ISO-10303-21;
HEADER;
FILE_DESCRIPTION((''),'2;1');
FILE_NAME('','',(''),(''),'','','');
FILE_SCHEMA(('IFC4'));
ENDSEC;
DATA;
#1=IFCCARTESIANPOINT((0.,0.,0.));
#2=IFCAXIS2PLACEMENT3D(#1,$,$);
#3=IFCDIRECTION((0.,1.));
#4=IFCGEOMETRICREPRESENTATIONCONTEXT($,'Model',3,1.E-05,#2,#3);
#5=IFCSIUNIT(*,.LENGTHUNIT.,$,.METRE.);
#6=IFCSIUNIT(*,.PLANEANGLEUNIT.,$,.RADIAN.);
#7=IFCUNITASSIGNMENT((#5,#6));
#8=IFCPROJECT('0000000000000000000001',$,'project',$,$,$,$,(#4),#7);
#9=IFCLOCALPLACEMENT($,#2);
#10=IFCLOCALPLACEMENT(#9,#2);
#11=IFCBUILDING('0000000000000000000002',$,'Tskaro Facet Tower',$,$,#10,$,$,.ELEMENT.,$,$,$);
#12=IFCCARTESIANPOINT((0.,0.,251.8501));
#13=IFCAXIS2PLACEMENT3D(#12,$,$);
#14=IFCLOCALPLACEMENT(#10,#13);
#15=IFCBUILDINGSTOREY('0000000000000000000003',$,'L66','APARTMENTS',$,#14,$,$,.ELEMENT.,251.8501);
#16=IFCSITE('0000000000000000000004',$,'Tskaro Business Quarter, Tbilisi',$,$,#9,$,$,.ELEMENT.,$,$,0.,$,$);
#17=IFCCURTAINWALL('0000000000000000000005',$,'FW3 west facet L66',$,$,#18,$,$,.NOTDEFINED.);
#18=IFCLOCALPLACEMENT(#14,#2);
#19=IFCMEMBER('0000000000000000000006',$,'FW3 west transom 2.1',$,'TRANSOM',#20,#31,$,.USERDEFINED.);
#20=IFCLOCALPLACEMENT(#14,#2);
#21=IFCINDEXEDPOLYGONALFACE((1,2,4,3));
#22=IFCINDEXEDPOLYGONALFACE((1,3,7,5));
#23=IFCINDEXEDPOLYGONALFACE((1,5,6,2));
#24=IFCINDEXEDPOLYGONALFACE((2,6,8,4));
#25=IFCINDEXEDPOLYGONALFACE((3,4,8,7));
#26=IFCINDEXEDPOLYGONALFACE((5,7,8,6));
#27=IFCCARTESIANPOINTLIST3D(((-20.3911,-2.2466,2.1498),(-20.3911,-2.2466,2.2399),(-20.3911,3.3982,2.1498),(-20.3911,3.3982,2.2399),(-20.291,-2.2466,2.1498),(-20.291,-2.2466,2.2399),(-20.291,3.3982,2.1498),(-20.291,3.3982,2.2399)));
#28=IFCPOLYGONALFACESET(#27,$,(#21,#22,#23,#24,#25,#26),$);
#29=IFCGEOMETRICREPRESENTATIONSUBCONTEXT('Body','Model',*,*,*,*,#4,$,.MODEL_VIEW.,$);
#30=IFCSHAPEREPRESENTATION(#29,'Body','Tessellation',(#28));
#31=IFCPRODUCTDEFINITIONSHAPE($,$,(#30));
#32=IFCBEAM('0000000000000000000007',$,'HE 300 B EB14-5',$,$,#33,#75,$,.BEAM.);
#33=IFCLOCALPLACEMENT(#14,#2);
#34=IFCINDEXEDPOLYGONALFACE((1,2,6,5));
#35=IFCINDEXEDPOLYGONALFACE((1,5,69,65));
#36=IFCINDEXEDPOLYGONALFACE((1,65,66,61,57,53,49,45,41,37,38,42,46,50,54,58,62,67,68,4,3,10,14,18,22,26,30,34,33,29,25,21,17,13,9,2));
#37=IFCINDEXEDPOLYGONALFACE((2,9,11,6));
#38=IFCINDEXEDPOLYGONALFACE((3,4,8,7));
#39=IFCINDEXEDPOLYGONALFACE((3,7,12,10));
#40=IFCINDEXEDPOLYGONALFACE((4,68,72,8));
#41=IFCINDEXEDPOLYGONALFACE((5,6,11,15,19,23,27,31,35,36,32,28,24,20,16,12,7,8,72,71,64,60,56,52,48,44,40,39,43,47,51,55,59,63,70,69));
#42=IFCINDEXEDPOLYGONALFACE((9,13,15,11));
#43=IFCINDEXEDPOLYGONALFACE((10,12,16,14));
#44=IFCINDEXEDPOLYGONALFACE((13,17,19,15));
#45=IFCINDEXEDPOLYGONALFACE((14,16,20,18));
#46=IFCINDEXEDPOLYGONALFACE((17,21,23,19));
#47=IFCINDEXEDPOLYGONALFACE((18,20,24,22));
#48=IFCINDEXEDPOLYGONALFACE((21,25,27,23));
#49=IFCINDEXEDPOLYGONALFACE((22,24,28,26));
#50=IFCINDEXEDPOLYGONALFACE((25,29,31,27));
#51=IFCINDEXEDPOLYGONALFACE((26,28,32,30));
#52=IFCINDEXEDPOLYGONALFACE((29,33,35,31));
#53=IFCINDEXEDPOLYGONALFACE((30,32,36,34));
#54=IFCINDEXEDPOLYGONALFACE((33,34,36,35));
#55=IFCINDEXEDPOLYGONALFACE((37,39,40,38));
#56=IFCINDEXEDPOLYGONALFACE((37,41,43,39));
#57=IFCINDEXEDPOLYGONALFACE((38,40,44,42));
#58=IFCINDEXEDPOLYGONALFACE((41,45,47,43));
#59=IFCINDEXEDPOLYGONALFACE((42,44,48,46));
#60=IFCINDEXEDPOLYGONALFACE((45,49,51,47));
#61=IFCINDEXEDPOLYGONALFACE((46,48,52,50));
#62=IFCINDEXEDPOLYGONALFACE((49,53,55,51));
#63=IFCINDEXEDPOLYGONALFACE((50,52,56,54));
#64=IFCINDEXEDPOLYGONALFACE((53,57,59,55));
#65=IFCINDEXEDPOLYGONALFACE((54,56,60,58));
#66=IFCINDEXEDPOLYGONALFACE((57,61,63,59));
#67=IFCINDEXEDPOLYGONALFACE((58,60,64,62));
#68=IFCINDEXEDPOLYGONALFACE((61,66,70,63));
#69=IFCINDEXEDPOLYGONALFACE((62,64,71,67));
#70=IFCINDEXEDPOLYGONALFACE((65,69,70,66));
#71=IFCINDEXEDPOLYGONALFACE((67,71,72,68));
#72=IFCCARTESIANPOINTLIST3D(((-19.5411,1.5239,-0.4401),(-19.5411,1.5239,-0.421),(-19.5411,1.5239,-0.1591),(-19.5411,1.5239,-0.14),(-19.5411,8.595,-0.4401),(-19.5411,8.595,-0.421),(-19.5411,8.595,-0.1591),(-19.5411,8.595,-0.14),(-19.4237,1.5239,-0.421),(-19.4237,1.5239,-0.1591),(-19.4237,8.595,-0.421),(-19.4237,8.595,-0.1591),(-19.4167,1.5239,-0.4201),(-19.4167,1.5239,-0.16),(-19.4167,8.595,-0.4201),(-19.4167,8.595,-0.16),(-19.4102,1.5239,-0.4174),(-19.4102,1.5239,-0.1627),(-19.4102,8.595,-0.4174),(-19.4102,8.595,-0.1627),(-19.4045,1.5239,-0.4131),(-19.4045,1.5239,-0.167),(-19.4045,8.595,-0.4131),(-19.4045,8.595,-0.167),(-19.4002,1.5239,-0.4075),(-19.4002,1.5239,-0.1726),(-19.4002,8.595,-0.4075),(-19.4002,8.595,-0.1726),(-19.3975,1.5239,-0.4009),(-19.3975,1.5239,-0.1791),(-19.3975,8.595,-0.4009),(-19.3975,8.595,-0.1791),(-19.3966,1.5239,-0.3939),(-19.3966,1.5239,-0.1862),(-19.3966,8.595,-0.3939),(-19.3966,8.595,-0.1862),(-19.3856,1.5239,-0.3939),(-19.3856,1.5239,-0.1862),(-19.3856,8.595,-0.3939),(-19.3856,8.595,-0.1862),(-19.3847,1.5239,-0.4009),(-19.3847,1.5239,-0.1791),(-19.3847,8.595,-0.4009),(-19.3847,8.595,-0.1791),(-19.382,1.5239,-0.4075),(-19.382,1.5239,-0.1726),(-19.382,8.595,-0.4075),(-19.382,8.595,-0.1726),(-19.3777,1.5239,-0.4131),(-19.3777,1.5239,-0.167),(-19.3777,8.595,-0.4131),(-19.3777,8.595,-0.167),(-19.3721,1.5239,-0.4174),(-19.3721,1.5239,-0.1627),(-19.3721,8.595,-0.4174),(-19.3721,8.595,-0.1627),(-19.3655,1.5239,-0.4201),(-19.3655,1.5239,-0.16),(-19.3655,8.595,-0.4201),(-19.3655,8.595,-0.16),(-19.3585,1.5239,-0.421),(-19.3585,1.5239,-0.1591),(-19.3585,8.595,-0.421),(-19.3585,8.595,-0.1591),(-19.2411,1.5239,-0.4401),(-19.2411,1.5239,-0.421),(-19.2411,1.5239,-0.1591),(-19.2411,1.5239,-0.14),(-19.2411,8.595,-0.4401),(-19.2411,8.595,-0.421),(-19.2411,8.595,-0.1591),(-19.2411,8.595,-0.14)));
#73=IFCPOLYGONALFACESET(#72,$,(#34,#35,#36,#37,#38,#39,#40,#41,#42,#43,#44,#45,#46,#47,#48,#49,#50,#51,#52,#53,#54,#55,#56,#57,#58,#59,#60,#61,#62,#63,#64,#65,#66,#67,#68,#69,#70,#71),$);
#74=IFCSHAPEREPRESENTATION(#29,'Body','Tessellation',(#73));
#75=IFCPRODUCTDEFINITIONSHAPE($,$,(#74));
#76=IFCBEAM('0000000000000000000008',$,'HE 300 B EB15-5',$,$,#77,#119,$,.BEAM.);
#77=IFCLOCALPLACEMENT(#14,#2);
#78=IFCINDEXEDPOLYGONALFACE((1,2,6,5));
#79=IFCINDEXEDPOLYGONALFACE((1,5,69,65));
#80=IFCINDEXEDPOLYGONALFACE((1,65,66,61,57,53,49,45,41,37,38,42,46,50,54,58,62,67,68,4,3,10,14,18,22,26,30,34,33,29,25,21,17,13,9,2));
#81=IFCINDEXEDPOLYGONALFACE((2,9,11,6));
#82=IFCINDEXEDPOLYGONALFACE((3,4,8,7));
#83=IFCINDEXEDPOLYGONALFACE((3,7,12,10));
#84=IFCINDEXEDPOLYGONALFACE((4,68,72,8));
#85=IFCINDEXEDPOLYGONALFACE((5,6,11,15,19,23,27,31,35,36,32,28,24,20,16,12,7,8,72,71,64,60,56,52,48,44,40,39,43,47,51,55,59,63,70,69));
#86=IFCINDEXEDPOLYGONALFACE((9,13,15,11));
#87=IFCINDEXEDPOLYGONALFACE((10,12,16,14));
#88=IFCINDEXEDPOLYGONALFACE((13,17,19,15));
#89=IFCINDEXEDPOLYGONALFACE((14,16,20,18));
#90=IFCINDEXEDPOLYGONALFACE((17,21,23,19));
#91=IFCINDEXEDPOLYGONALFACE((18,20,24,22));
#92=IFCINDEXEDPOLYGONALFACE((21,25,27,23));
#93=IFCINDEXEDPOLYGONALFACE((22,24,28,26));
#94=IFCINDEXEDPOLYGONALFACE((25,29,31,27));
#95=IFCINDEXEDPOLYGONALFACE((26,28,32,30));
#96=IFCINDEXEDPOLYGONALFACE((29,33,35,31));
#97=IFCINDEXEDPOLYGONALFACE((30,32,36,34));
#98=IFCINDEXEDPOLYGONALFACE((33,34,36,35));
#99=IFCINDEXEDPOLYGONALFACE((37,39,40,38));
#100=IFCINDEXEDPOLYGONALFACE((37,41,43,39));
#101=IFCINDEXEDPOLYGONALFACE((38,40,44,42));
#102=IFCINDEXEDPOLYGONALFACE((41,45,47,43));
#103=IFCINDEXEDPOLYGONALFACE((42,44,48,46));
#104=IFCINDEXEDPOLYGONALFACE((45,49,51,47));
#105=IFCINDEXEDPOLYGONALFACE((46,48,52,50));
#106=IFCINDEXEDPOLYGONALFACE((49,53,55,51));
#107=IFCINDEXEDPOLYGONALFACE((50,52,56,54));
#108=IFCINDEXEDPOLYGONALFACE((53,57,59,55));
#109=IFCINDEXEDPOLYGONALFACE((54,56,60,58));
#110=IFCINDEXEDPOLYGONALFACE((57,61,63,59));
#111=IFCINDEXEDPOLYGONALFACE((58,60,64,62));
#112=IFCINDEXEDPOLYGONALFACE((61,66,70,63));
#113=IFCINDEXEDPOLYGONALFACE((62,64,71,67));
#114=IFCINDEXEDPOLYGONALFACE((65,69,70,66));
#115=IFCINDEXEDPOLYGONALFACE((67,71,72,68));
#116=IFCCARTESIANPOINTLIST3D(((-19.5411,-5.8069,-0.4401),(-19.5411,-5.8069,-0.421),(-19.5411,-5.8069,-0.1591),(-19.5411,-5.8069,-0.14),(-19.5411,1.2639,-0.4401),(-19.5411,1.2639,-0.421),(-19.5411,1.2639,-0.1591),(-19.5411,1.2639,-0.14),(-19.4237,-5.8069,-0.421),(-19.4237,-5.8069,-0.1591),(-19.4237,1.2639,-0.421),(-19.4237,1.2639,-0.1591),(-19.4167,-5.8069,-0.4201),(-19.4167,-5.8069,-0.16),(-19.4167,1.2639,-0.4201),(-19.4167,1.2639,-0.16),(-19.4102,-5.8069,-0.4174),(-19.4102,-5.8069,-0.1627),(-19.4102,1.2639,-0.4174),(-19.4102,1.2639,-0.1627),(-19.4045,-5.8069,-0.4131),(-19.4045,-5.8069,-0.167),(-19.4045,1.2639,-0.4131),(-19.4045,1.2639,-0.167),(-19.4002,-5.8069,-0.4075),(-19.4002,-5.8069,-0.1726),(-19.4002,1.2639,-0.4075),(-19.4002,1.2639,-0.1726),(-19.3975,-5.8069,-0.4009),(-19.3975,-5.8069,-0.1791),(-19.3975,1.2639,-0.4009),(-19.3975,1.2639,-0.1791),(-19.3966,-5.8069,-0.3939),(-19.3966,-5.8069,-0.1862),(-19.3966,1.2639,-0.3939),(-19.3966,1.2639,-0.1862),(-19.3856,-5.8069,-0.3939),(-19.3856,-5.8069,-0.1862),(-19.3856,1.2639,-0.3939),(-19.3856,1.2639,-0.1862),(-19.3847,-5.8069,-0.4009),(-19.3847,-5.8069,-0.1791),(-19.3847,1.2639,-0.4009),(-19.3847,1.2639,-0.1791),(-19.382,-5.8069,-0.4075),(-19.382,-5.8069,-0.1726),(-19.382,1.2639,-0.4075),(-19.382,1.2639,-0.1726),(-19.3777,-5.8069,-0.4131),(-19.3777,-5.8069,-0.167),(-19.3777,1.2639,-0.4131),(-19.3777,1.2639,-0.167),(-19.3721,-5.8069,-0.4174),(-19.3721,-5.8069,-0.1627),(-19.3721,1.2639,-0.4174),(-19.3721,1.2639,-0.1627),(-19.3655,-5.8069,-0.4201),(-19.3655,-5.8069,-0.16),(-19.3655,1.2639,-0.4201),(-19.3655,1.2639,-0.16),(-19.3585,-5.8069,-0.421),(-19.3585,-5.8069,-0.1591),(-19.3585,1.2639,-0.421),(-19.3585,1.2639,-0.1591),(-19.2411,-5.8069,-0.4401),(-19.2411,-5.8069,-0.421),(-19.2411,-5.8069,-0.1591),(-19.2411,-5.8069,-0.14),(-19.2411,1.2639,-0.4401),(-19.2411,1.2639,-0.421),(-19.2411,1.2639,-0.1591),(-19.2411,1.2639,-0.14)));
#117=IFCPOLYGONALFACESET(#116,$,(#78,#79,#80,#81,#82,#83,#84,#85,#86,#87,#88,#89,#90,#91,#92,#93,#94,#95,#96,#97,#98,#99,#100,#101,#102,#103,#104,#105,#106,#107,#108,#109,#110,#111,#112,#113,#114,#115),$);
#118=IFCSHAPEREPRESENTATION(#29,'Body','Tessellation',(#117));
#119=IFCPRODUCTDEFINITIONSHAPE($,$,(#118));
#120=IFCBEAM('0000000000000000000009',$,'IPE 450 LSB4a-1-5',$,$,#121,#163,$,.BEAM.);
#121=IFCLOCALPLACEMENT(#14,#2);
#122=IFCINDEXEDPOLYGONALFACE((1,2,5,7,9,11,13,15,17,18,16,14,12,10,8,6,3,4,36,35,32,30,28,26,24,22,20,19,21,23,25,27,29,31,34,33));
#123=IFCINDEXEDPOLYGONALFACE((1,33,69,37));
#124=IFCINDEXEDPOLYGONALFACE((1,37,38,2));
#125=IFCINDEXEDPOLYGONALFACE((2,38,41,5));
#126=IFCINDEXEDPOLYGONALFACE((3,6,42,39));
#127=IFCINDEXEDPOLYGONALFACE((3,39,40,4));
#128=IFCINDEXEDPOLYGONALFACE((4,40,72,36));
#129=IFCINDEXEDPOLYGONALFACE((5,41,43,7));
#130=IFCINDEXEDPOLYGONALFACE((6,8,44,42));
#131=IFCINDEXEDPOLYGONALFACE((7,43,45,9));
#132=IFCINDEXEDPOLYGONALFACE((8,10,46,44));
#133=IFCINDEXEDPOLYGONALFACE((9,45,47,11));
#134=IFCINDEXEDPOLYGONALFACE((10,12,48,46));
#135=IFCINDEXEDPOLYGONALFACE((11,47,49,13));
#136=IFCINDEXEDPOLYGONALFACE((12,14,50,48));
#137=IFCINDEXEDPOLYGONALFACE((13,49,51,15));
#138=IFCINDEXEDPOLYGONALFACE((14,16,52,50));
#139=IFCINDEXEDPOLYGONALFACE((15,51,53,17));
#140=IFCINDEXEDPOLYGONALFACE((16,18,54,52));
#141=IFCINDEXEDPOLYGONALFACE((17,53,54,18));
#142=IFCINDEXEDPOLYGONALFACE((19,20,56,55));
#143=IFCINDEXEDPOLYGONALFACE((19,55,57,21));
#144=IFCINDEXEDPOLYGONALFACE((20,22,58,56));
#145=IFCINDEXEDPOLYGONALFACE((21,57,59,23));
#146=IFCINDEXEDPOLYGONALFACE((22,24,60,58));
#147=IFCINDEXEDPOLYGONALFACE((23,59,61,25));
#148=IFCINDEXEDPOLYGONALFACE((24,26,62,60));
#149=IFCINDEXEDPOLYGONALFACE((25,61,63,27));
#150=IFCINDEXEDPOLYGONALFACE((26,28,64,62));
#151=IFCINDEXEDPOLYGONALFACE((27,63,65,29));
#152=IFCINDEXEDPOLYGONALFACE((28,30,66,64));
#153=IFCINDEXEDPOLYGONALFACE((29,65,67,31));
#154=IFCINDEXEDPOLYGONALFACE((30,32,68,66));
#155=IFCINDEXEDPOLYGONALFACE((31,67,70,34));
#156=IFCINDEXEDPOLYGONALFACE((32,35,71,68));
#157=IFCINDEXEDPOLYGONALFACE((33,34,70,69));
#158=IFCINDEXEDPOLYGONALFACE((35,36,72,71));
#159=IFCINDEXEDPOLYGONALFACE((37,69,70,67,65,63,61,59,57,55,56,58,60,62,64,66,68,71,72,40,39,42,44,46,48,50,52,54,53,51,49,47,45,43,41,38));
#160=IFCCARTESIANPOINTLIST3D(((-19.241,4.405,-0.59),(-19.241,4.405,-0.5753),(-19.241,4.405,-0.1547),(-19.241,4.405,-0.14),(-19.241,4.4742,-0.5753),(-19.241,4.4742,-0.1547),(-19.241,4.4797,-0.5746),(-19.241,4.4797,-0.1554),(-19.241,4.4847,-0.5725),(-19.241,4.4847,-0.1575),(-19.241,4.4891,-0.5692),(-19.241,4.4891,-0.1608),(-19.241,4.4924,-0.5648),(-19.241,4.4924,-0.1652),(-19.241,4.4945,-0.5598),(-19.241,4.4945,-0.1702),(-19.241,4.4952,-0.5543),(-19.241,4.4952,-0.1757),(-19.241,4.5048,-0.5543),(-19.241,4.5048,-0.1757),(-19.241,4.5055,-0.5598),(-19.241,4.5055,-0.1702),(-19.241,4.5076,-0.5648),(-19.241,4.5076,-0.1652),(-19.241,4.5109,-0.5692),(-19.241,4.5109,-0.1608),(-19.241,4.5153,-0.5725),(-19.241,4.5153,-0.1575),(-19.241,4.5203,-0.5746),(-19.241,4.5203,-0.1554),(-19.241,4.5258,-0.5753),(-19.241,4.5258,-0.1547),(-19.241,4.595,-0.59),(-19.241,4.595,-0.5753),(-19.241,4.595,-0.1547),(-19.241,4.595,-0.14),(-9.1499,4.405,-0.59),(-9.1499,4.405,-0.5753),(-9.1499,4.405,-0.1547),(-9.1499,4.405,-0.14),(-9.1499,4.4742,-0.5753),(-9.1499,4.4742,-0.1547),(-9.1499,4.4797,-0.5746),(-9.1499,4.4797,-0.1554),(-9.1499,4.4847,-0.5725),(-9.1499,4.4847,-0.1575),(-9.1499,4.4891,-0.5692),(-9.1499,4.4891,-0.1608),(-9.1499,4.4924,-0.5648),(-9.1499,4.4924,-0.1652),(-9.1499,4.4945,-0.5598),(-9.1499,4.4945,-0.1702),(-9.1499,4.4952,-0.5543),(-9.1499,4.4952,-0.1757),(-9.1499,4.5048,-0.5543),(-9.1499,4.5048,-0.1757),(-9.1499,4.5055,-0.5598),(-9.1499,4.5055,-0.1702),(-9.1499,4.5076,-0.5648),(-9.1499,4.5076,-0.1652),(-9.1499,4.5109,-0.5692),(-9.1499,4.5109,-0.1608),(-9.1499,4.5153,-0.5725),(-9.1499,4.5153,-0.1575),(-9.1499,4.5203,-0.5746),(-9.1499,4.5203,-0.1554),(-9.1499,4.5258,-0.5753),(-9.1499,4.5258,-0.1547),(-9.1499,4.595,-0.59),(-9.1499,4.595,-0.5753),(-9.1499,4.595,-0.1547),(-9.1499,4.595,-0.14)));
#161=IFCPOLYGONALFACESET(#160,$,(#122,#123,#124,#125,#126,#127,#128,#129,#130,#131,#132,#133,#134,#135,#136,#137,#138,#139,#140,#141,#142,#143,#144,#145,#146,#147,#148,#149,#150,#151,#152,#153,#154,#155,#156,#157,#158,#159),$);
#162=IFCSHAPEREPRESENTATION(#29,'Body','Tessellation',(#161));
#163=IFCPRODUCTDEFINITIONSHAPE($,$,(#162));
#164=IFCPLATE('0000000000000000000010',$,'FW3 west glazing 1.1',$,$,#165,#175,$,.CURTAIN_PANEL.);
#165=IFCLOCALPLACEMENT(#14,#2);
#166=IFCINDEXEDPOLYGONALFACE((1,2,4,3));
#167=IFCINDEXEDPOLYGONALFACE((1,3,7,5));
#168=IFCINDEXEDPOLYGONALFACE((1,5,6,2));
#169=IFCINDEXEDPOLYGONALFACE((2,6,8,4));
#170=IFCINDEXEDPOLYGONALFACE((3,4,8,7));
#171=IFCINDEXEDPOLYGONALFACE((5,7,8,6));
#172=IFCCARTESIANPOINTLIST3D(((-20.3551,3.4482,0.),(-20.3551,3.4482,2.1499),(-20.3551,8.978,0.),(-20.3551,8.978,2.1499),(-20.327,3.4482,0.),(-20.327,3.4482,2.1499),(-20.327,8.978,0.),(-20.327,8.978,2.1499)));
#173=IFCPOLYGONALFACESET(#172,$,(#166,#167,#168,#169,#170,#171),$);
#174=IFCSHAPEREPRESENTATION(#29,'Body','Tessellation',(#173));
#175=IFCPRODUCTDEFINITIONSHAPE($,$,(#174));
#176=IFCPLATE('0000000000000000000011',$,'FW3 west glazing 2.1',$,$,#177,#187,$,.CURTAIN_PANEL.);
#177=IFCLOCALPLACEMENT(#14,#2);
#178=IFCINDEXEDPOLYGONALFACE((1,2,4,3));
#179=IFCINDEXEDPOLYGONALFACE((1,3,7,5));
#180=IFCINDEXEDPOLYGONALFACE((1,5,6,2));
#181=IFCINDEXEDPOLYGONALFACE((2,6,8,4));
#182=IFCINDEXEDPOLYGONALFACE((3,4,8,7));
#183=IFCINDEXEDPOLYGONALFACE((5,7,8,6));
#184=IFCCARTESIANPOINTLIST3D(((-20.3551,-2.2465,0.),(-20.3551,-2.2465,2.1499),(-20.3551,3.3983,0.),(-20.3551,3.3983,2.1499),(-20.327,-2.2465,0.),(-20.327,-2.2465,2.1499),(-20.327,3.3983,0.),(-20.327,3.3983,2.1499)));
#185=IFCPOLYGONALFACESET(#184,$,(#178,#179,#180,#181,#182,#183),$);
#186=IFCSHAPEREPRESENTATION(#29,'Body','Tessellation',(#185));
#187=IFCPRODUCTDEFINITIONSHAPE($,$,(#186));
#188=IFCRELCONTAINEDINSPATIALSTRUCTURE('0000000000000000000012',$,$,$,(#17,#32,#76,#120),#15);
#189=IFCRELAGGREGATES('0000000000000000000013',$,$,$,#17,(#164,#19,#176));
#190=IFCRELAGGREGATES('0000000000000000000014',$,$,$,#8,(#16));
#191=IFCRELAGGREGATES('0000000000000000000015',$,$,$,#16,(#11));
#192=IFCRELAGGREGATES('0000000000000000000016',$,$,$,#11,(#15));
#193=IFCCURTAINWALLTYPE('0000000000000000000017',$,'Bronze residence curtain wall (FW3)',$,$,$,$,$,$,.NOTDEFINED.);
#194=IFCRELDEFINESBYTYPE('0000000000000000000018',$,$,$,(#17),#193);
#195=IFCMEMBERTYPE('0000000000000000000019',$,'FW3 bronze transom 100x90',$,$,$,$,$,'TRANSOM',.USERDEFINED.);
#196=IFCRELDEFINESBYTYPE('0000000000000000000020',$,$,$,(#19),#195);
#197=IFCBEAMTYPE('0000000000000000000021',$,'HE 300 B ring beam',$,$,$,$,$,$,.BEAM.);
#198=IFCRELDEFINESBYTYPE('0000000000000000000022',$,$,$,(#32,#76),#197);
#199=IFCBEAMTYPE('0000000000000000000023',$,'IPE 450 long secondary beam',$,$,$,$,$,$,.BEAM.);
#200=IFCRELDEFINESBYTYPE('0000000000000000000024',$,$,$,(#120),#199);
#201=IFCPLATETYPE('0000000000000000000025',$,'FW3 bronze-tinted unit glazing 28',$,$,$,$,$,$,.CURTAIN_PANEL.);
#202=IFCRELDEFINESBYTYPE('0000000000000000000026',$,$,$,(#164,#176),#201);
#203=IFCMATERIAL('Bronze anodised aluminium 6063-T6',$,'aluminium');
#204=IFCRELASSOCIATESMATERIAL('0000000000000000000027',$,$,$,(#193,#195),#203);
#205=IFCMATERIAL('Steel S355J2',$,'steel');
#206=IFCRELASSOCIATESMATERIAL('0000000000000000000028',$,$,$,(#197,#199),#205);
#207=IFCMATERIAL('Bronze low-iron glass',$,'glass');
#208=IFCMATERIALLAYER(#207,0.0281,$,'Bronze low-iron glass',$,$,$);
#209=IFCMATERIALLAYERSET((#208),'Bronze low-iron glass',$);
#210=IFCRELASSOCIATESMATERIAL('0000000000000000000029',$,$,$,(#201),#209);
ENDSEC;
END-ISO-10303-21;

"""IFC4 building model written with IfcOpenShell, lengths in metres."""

from ifc_helpers import new_model, si_unit, direction, frame, origin, origin_2d, place, context, subcontext, project, spatial, rectangle, i_section, extrude, material, layer, layer_set, material_profile, profile_set, type_object, element, aggregate, save


model = new_model("IFC4")

# Units and contexts
model_context = context("Model", 3, precision=1e-05, world=origin(), true_north=direction((0.0, 1.0)))
body_context = subcontext(model_context, "Body", "Model", "MODEL_VIEW")
ifc_project = project(units=[si_unit("LENGTHUNIT", "METRE"), si_unit("PLANEANGLEUNIT", "RADIAN")], contexts=[model_context])

# Site, building, storey
site_placement = place(None, origin())
site = spatial("IfcSite", under=ifc_project, at=site_placement, Name="Tskaro Business Quarter, Tbilisi", CompositionType="ELEMENT", RefElevation=0.0)
building_placement = place(site_placement, origin())
building = spatial("IfcBuilding", under=site, at=building_placement, Name="Tskaro Facet Tower", CompositionType="ELEMENT")
storey_placement = place(building_placement, frame((0.0, 0.0, 251.8501)))
storey = spatial("IfcBuildingStorey", under=building, at=storey_placement, Name="L66", Description="APARTMENTS", CompositionType="ELEMENT", Elevation=251.8501)

# Shared definitions
ifc_material_1 = material(Name="Steel S355J2", Category="steel")

# Curtain wall, member
ifc_material_2 = material(Name="Bronze anodised aluminium 6063-T6", Category="aluminium")
curtain_wall_type = type_object("IfcCurtainWallType", Name="Bronze residence curtain wall (FW3)", PredefinedType="NOTDEFINED", material=ifc_material_2)
curtain_wall_placement = place(storey_placement, origin())
curtain_wall = element("IfcCurtainWall", 1, at=curtain_wall_placement, inside=storey, type_object=curtain_wall_type, Name="FW3 west facet L66", PredefinedType="NOTDEFINED")
ifc_material_profile_1 = material_profile(ifc_material_2, rectangle(XDim=0.1001, YDim=0.0901, at=origin_2d()), Name="Transom 100x90")
ifc_profile_set_1 = profile_set([ifc_material_profile_1], Name="Bronze anodised aluminium 6063-T6")
member_type_1 = type_object("IfcMemberType", Name="FW3 bronze transom 100x90", ElementType="TRANSOM", PredefinedType="USERDEFINED", material=ifc_profile_set_1)
member_1_placement = place(storey_placement, frame((-20.3411, 3.3982, 2.1948), z_axis=(0.0, -1.0, 0.0), x_axis=(1.0, 0.0, 0.0)))
member_1 = element("IfcMember", 2, at=member_1_placement, type_object=member_type_1, Name="FW3 west transom 2.1", ObjectType="TRANSOM", PredefinedType="USERDEFINED", context=body_context, shape_type="SweptSolid", body=[
    extrude(rectangle(XDim=0.1001, YDim=0.0901, at=origin_2d()), origin(), (0.0, 0.0, 1.0), 5.6448),
])

# Beams
ifc_material_profile_2 = material_profile(ifc_material_1, i_section(OverallWidth=0.3, OverallDepth=0.3, WebThickness=0.011, FlangeThickness=0.019, FilletRadius=0.0271, at=origin_2d()), Name="HE 300 B")
ifc_profile_set_2 = profile_set([ifc_material_profile_2], Name="Steel S355J2")
beam_type_1 = type_object("IfcBeamType", Name="HE 300 B ring beam", PredefinedType="BEAM", material=ifc_profile_set_2)
beam_1_placement = place(storey_placement, frame((-19.3911, 8.595, -0.29), z_axis=(0.0, -1.0, 0.0), x_axis=(1.0, 0.0, 0.0)))
element("IfcBeam", 3, at=beam_1_placement, inside=storey, type_object=beam_type_1, Name="HE 300 B EB14-5", PredefinedType="BEAM", context=body_context, shape_type="SweptSolid", body=[
    extrude(i_section(OverallWidth=0.3, OverallDepth=0.3, WebThickness=0.011, FlangeThickness=0.019, FilletRadius=0.0271, at=origin_2d()), origin(), (0.0, 0.0, 1.0), 7.071),
])
beam_2_placement = place(storey_placement, frame((-19.3911, 1.2639, -0.29), z_axis=(0.0, -1.0, 0.0), x_axis=(1.0, 0.0, 0.0)))
element("IfcBeam", 4, at=beam_2_placement, inside=storey, type_object=beam_type_1, Name="HE 300 B EB15-5", PredefinedType="BEAM", context=body_context, shape_type="SweptSolid", body=[
    extrude(i_section(OverallWidth=0.3, OverallDepth=0.3, WebThickness=0.011, FlangeThickness=0.019, FilletRadius=0.0271, at=origin_2d()), origin(), (0.0, 0.0, 1.0), 7.0708),
])
ifc_material_profile_3 = material_profile(ifc_material_1, i_section(OverallWidth=0.1899, OverallDepth=0.45, WebThickness=0.0095, FlangeThickness=0.0146, FilletRadius=0.021, at=origin_2d()), Name="IPE 450")
ifc_profile_set_3 = profile_set([ifc_material_profile_3], Name="Steel S355J2")
beam_type_2 = type_object("IfcBeamType", Name="IPE 450 long secondary beam", PredefinedType="BEAM", material=ifc_profile_set_3)
beam_3_placement = place(storey_placement, frame((-19.241, 4.5, -0.365), z_axis=(1.0, 0.0, 0.0), x_axis=(0.0, 1.0, 0.0)))
element("IfcBeam", 5, at=beam_3_placement, inside=storey, type_object=beam_type_2, Name="IPE 450 LSB4a-1-5", PredefinedType="BEAM", context=body_context, shape_type="SweptSolid", body=[
    extrude(i_section(OverallWidth=0.1899, OverallDepth=0.45, WebThickness=0.0095, FlangeThickness=0.0146, FilletRadius=0.021, at=origin_2d()), origin(), (0.0, 0.0, 1.0), 10.0911),
])

# Plates
ifc_material_3 = material(Name="Bronze low-iron glass", Category="glass")
ifc_layer_1 = layer(ifc_material_3, 0.0281, Name="Bronze low-iron glass")
ifc_layer_set_1 = layer_set([ifc_layer_1], Name="Bronze low-iron glass")
plate_type = type_object("IfcPlateType", Name="FW3 bronze-tinted unit glazing 28", PredefinedType="CURTAIN_PANEL", material=ifc_layer_set_1)
plate_1_placement = place(storey_placement, frame((-20.3411, 6.2131, 0.0), z_axis=(0.0, 0.0, 1.0), x_axis=(0.0, -1.0, 0.0)))
plate_1 = element("IfcPlate", 6, at=plate_1_placement, type_object=plate_type, Name="FW3 west glazing 1.1", PredefinedType="CURTAIN_PANEL", context=body_context, shape_type="SweptSolid", body=[
    extrude(rectangle(XDim=5.5298, YDim=0.0281, at=origin_2d()), origin(), (0.0, 0.0, 1.0), 2.1499),
])
plate_2_placement = place(storey_placement, frame((-20.3411, 0.5759, 0.0), z_axis=(0.0, 0.0, 1.0), x_axis=(0.0, -1.0, 0.0)))
plate_2 = element("IfcPlate", 7, at=plate_2_placement, type_object=plate_type, Name="FW3 west glazing 2.1", PredefinedType="CURTAIN_PANEL", context=body_context, shape_type="SweptSolid", body=[
    extrude(rectangle(XDim=5.6448, YDim=0.0281, at=origin_2d()), origin(), (0.0, 0.0, 1.0), 2.1499),
])
aggregate(curtain_wall, [plate_1, member_1, plate_2])

save(model, "model.ifc")
